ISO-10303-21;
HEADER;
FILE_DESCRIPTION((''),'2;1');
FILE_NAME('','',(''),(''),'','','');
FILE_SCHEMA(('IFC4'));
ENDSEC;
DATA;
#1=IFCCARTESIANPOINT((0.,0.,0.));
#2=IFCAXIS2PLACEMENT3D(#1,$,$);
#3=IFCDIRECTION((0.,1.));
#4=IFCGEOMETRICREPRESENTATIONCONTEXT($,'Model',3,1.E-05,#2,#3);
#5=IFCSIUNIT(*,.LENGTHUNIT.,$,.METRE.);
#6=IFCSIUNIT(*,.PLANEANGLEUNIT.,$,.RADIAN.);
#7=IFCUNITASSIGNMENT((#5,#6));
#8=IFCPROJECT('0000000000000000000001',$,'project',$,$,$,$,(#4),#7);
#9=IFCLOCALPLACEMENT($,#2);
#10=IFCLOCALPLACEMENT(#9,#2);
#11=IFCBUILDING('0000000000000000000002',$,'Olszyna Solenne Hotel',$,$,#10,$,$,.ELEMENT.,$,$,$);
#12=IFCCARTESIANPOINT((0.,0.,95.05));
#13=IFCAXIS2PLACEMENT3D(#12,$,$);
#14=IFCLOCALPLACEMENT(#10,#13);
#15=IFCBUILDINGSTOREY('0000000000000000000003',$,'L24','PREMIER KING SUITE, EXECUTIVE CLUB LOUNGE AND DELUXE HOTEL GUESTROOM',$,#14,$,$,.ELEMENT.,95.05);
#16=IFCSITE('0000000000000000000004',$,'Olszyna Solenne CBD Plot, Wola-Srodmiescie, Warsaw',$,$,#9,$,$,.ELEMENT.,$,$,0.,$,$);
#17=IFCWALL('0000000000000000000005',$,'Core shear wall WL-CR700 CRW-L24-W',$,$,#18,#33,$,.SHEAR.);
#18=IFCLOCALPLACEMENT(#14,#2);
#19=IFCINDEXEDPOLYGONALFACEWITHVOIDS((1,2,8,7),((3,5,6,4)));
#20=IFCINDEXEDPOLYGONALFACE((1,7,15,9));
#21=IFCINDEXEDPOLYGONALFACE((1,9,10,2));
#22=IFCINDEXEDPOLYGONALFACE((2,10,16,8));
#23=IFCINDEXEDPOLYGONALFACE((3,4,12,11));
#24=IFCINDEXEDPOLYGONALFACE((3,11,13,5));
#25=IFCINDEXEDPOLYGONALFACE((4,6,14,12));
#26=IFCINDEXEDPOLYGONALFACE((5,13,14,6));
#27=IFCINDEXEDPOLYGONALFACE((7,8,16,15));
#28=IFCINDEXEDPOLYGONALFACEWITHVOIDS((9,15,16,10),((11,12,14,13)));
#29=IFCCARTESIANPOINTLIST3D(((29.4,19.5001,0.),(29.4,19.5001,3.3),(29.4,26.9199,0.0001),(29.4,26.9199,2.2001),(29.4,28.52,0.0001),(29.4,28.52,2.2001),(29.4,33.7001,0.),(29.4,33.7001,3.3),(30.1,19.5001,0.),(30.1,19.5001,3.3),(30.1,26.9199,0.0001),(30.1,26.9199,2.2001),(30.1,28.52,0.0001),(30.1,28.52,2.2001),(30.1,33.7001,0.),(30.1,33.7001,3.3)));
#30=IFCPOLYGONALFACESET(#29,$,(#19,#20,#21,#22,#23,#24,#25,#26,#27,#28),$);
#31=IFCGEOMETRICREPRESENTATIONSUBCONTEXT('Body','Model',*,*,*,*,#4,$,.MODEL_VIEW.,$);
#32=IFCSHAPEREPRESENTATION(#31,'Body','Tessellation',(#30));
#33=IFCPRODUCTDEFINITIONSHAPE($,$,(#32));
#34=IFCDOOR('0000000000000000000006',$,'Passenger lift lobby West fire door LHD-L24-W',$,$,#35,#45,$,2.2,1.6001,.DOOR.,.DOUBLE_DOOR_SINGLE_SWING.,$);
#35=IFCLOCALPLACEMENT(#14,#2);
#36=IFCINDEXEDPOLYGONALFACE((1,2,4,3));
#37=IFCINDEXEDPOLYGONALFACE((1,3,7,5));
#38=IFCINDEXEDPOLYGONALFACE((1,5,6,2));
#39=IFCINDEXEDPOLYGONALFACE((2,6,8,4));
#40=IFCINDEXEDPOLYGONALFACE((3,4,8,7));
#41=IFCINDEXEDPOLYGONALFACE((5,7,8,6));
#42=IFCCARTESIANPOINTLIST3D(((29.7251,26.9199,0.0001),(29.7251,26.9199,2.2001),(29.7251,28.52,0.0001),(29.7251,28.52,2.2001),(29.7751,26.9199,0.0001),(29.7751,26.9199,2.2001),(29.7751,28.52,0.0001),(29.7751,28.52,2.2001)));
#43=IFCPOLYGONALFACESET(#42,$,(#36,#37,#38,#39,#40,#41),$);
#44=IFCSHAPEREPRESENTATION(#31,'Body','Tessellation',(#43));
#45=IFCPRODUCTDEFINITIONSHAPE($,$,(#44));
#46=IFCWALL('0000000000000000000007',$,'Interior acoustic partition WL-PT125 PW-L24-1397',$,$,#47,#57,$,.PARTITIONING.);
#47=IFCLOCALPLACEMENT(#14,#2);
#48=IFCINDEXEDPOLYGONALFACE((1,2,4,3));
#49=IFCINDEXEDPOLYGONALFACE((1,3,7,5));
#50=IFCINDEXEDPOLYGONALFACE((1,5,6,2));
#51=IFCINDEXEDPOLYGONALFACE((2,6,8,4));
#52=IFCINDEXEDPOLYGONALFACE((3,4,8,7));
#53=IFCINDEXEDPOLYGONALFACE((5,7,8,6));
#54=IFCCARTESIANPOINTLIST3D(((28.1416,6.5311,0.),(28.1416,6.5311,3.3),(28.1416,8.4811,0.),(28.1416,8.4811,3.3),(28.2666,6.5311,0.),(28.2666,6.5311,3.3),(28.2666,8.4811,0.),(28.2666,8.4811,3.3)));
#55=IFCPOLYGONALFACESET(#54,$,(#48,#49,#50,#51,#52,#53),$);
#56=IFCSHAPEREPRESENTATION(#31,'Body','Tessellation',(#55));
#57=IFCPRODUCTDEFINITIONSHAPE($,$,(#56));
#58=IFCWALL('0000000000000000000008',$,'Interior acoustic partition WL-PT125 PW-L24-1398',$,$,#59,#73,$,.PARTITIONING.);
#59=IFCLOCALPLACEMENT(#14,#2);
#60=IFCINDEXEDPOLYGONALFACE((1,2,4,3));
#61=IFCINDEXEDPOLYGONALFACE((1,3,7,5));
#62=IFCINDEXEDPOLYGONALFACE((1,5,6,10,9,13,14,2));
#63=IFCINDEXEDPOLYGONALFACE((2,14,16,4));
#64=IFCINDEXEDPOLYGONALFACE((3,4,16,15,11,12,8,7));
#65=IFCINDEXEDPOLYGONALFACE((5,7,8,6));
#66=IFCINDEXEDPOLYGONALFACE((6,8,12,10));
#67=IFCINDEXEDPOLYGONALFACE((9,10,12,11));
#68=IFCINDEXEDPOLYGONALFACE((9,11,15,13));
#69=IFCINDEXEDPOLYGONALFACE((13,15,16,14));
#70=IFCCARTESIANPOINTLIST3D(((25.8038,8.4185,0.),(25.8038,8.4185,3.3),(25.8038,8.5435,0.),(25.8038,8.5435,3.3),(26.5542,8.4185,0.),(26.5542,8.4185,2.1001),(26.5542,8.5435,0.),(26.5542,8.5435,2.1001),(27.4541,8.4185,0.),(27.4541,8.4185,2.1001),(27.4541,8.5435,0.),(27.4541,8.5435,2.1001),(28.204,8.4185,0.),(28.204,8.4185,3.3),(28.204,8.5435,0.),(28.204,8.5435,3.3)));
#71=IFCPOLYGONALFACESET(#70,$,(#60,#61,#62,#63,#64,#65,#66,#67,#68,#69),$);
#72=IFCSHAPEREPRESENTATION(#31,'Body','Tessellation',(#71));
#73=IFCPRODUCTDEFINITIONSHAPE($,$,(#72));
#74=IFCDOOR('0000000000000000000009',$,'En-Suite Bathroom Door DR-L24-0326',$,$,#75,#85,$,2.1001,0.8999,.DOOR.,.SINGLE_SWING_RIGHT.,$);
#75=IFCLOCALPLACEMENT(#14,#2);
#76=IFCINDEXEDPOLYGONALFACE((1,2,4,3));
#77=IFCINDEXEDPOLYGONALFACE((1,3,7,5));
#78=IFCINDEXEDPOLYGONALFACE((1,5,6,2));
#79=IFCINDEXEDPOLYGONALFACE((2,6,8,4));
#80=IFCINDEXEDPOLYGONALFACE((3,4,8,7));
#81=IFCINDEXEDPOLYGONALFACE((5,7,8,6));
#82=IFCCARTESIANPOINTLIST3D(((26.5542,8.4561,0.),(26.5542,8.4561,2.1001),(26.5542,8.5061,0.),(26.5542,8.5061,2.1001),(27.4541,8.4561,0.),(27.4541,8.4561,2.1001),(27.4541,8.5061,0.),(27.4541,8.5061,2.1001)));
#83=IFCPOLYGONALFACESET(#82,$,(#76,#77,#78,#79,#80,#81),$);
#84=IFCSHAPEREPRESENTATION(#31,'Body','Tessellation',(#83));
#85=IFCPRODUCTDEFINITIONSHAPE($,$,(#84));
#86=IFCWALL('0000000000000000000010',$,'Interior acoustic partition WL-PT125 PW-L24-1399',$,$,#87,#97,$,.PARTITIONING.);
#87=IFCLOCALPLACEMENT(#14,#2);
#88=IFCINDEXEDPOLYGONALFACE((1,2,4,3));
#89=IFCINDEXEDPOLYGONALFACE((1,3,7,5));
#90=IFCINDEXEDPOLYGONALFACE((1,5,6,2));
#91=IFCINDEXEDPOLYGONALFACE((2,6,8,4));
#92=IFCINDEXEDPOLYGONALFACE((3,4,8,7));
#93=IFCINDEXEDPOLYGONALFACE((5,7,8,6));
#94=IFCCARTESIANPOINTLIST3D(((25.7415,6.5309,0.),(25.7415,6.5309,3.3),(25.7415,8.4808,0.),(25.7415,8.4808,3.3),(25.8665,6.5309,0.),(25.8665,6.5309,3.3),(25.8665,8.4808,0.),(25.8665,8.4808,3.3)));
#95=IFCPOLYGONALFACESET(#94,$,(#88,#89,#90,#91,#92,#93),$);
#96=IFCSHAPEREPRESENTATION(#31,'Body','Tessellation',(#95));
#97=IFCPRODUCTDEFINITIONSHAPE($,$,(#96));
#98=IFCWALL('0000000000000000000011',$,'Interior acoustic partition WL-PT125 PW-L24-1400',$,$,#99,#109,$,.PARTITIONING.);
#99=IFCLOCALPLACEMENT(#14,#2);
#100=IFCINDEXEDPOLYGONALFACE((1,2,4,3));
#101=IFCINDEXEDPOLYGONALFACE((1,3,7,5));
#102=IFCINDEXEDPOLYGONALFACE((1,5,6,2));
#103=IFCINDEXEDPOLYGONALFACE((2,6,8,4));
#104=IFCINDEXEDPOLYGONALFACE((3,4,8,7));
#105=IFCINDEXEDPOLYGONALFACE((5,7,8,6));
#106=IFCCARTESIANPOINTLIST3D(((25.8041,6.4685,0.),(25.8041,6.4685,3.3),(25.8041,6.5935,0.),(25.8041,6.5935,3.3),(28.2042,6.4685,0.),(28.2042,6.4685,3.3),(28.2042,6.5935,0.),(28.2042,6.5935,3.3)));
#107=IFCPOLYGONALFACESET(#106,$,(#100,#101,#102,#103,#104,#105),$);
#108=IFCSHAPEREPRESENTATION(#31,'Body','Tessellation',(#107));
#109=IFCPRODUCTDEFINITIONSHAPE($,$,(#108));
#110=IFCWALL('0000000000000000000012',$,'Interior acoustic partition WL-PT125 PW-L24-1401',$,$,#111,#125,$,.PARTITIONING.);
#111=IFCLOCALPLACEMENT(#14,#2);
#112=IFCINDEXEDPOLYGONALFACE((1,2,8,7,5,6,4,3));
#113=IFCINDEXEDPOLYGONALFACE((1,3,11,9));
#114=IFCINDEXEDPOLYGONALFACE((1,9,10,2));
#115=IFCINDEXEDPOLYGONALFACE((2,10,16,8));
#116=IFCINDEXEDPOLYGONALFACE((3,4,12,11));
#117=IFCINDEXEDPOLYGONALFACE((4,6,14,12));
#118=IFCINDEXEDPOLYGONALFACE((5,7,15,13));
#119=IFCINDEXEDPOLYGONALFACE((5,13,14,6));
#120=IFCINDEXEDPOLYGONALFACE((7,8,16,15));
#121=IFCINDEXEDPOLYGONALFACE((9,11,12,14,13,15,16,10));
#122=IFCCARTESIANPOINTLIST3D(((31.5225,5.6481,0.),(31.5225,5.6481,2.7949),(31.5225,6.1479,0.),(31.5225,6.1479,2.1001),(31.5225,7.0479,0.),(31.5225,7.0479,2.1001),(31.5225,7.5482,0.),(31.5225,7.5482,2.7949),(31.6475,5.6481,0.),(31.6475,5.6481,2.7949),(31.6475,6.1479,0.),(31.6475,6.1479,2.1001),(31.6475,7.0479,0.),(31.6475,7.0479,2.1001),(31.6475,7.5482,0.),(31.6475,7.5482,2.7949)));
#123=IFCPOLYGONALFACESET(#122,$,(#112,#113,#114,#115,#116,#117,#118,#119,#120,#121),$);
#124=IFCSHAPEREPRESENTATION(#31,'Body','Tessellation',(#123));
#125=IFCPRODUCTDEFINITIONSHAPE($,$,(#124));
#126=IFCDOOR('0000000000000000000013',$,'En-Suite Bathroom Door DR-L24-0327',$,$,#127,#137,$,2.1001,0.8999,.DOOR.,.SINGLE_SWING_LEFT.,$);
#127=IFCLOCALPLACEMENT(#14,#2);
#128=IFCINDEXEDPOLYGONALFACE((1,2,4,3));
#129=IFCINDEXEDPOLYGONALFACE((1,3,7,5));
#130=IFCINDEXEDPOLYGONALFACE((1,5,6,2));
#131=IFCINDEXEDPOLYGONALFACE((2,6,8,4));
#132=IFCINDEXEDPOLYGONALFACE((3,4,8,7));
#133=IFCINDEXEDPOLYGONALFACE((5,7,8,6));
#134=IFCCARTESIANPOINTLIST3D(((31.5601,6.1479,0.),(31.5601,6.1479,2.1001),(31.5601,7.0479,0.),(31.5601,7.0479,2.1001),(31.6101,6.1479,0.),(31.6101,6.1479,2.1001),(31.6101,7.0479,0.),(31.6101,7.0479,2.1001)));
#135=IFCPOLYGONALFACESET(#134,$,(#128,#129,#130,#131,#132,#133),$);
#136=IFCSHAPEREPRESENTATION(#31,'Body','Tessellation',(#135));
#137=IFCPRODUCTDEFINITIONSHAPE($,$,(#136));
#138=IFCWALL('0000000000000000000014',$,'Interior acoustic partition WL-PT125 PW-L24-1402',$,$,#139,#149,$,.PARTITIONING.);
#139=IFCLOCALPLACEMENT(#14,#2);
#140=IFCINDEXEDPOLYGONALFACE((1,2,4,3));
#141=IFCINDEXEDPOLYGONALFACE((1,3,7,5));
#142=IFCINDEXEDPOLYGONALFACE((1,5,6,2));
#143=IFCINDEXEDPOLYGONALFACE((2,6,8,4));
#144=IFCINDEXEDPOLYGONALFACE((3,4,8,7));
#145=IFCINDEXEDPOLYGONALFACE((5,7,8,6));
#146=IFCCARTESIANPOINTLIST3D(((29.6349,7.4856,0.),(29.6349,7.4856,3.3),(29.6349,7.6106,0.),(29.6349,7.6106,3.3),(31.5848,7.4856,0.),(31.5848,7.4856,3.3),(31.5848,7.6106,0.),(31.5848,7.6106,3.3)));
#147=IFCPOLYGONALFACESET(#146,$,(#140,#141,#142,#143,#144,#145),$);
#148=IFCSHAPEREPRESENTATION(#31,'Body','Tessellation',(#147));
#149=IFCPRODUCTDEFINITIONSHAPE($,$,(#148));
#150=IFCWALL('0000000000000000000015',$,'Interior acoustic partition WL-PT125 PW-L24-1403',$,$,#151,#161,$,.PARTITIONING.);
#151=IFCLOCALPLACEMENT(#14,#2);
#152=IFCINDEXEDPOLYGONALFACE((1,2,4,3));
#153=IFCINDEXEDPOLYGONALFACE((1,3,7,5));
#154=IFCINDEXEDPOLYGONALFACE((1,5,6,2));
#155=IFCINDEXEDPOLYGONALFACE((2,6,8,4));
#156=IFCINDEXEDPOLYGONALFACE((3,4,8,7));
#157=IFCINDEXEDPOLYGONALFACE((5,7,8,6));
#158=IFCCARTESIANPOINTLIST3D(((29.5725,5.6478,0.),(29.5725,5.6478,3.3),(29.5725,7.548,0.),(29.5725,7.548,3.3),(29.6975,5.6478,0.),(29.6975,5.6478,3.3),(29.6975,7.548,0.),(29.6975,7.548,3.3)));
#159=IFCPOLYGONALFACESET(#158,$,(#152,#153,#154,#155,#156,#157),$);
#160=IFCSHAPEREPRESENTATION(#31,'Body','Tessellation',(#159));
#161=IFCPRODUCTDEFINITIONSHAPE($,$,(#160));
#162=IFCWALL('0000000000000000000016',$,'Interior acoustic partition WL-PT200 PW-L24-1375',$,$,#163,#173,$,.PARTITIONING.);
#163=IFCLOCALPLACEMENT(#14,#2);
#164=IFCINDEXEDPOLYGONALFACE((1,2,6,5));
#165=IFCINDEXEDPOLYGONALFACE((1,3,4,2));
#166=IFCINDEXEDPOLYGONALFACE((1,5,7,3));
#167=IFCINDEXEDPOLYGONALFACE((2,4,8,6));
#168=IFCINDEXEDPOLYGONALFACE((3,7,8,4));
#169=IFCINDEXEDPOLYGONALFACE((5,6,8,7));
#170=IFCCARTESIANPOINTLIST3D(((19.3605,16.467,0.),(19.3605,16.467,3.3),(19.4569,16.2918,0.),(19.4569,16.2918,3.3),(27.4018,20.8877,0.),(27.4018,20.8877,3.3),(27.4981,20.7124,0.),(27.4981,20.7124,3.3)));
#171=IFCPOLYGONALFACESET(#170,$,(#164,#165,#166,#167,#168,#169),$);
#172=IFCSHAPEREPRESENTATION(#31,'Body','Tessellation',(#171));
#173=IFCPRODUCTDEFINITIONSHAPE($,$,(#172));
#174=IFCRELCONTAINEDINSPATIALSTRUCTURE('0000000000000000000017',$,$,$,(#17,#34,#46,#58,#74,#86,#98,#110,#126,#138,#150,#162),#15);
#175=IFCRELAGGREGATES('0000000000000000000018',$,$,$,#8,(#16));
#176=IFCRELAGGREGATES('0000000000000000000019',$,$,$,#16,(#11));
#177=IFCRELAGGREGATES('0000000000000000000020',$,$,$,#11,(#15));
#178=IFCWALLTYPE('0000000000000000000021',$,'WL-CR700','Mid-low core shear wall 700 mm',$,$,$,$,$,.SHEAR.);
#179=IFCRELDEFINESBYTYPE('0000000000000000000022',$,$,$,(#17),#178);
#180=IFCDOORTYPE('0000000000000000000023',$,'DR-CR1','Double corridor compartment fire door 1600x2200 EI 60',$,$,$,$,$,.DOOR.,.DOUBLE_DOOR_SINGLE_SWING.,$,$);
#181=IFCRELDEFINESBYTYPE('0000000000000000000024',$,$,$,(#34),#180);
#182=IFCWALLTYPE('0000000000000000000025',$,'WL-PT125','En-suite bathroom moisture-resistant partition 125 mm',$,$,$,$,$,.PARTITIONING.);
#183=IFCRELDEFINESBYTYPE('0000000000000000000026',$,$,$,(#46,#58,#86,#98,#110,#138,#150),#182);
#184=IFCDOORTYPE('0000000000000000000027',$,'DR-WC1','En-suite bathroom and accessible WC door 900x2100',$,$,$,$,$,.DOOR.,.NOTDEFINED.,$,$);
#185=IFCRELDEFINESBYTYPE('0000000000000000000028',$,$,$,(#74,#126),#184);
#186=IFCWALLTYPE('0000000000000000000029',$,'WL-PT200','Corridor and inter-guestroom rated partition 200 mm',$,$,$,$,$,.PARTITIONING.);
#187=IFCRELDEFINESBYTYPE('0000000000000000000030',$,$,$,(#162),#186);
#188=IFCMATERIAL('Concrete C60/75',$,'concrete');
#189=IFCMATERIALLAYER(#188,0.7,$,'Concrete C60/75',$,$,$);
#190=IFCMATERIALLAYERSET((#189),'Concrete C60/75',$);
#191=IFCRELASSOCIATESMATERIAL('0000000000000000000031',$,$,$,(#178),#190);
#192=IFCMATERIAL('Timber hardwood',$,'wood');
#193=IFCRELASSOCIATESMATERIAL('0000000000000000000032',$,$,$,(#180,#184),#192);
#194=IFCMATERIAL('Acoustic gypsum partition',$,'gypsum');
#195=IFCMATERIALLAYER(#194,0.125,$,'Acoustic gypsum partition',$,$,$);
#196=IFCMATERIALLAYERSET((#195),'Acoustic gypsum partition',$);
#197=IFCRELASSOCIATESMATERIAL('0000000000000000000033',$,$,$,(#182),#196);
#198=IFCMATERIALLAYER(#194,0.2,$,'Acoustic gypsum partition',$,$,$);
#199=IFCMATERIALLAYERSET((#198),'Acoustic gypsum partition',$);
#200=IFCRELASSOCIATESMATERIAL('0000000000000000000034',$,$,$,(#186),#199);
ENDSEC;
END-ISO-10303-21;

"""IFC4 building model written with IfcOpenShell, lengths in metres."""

from ifc_helpers import new_model, si_unit, direction, frame, frame_2d, origin, place, context, subcontext, project, spatial, rectangle, extrude, source, transform, mapped, material, layer, layer_set, type_object, type_shapes, element, fill, save


model = new_model("IFC4")

# Units and contexts
model_context = context("Model", 3, precision=1e-05, world=origin(), true_north=direction((0.0, 1.0)))
body_context = subcontext(model_context, "Body", "Model", "MODEL_VIEW")
ifc_project = project(units=[si_unit("LENGTHUNIT", "METRE"), si_unit("PLANEANGLEUNIT", "RADIAN")], contexts=[model_context])

# Site, building, storey
site_placement = place(None, origin())
site = spatial("IfcSite", under=ifc_project, at=site_placement, Name="Olszyna Solenne CBD Plot, Wola-Srodmiescie, Warsaw", CompositionType="ELEMENT", RefElevation=0.0)
building_placement = place(site_placement, origin())
building = spatial("IfcBuilding", under=site, at=building_placement, Name="Olszyna Solenne Hotel", CompositionType="ELEMENT")
storey_placement = place(building_placement, frame((0.0, 0.0, 95.05)))
storey = spatial("IfcBuildingStorey", under=building, at=storey_placement, Name="L24", Description="PREMIER KING SUITE, EXECUTIVE CLUB LOUNGE AND DELUXE HOTEL GUESTROOM", CompositionType="ELEMENT", Elevation=95.05)

# Wall, opening, door
ifc_material_1 = material(Name="Concrete C60/75", Category="concrete")
ifc_layer_1 = layer(ifc_material_1, 0.7, Name="Concrete C60/75")
ifc_layer_set_1 = layer_set([ifc_layer_1], Name="Concrete C60/75")
wall_type_1 = type_object("IfcWallType", Name="WL-CR700", Description="Mid-low core shear wall 700 mm", PredefinedType="SHEAR", material=ifc_layer_set_1)
wall_1_placement = place(storey_placement, frame((29.75, 19.5, 0.0), z_axis=(0.0, 0.0, 1.0), x_axis=(0.0, 1.0, 0.0)))
wall_1 = element("IfcWall", 1, at=wall_1_placement, inside=storey, type_object=wall_type_1, Name="Core shear wall WL-CR700 CRW-L24-W", PredefinedType="SHEAR", context=body_context, shape_type="SweptSolid", body=[
    extrude(rectangle(XDim=14.2, YDim=0.7, at=frame_2d((7.1001, 0.0))), origin(), (0.0, 0.0, 1.0), 3.3),
])
opening_1_placement = place(wall_1_placement, frame((7.4199, 0.0, 0.0)))
opening_1 = element("IfcOpeningElement", 2, at=opening_1_placement, cuts=wall_1, PredefinedType="OPENING", context=body_context, shape_type="SweptSolid", body=[
    extrude(rectangle(XDim=1.6001, YDim=2.2, at=frame_2d((0.8, 1.1001))), frame((0.0, 0.3599, 0.0), z_axis=(0.0, -1.0, 0.0), x_axis=(1.0, 0.0, 0.0)), (0.0, 0.0, 1.0), 0.72),
])
ifc_material_2 = material(Name="Timber hardwood", Category="wood")
door_type_1 = type_object("IfcDoorType", Name="DR-CR1", Description="Double corridor compartment fire door 1600x2200 EI 60", OperationType="DOUBLE_DOOR_SINGLE_SWING", PredefinedType="DOOR", material=ifc_material_2)
shared_shape_1 = source(origin(), body_context, "Body", "SweptSolid", [
    extrude(rectangle(XDim=1.6001, YDim=2.2, at=frame_2d((0.8, 1.1001))), frame((0.0, 0.0249, 0.0), z_axis=(0.0, -1.0, 0.0), x_axis=(1.0, 0.0, 0.0)), (0.0, 0.0, 1.0), 0.05),
])
type_shapes(door_type_1, [shared_shape_1])
door_1_placement = place(opening_1_placement, origin())
door_1 = element("IfcDoor", 3, at=door_1_placement, inside=storey, type_object=door_type_1, Name="Passenger lift lobby West fire door LHD-L24-W", OperationType="DOUBLE_DOOR_SINGLE_SWING", OverallHeight=2.2, OverallWidth=1.6001, PredefinedType="DOOR", context=body_context, shape_type="MappedRepresentation", body=[
    mapped(shared_shape_1, transform((0.0, 0.0, 0.0), x_axis=(1.0, 0.0, 0.0), y_axis=(0.0, 1.0, 0.0), z_axis=(0.0, 0.0, 1.0), scale=1.0)),
])
fill(opening_1, door_1)

# Wall
ifc_material_3 = material(Name="Acoustic gypsum partition", Category="gypsum")
ifc_layer_2 = layer(ifc_material_3, 0.125, Name="Acoustic gypsum partition")
ifc_layer_set_2 = layer_set([ifc_layer_2], Name="Acoustic gypsum partition")
wall_type_2 = type_object("IfcWallType", Name="WL-PT125", Description="En-suite bathroom moisture-resistant partition 125 mm", PredefinedType="PARTITIONING", material=ifc_layer_set_2)
wall_2_placement = place(storey_placement, frame((28.2041, 6.531, 0.0), z_axis=(0.0, 0.0, 1.0), x_axis=(0.0, 1.0, 0.0)))
element("IfcWall", 4, at=wall_2_placement, inside=storey, type_object=wall_type_2, Name="Interior acoustic partition WL-PT125 PW-L24-1397", PredefinedType="PARTITIONING", context=body_context, shape_type="SweptSolid", body=[
    extrude(rectangle(XDim=1.95, YDim=0.125, at=frame_2d((0.9751, 0.0))), origin(), (0.0, 0.0, 1.0), 3.3),
])

# Wall, opening, door
wall_3_placement = place(storey_placement, frame((28.2041, 8.481, 0.0), z_axis=(0.0, 0.0, 1.0), x_axis=(-1.0, 0.0, 0.0)))
wall_3 = element("IfcWall", 5, at=wall_3_placement, inside=storey, type_object=wall_type_2, Name="Interior acoustic partition WL-PT125 PW-L24-1398", PredefinedType="PARTITIONING", context=body_context, shape_type="SweptSolid", body=[
    extrude(rectangle(XDim=2.4001, YDim=0.125, at=frame_2d((1.2002, 0.0))), origin(), (0.0, 0.0, 1.0), 3.3),
])
opening_2_placement = place(wall_3_placement, frame((0.75, 0.0, 0.0)))
opening_2 = element("IfcOpeningElement", 6, at=opening_2_placement, cuts=wall_3, PredefinedType="OPENING", context=body_context, shape_type="SweptSolid", body=[
    extrude(rectangle(XDim=0.8999, YDim=2.1001, at=frame_2d((0.45, 1.05))), frame((0.0, 0.0725, 0.0), z_axis=(0.0, -1.0, 0.0), x_axis=(1.0, 0.0, 0.0)), (0.0, 0.0, 1.0), 0.145),
])
door_type_2 = type_object("IfcDoorType", Name="DR-WC1", Description="En-suite bathroom and accessible WC door 900x2100", OperationType="NOTDEFINED", PredefinedType="DOOR", material=ifc_material_2)
shared_shape_2 = source(origin(), body_context, "Body", "SweptSolid", [
    extrude(rectangle(XDim=0.8999, YDim=2.1001, at=frame_2d((0.45, 1.05))), frame((0.0, 0.0249, 0.0), z_axis=(0.0, -1.0, 0.0), x_axis=(1.0, 0.0, 0.0)), (0.0, 0.0, 1.0), 0.05),
])
type_shapes(door_type_2, [shared_shape_2])
door_2_placement = place(opening_2_placement, origin())
door_2 = element("IfcDoor", 7, at=door_2_placement, inside=storey, type_object=door_type_2, Name="En-Suite Bathroom Door DR-L24-0326", OperationType="SINGLE_SWING_RIGHT", OverallHeight=2.1001, OverallWidth=0.8999, PredefinedType="DOOR", context=body_context, shape_type="MappedRepresentation", body=[
    mapped(shared_shape_2, transform((0.0, 0.0, 0.0), x_axis=(1.0, 0.0, 0.0), y_axis=(0.0, 1.0, 0.0), z_axis=(0.0, 0.0, 1.0), scale=1.0)),
])
fill(opening_2, door_2)

# Walls
wall_4_placement = place(storey_placement, frame((25.804, 8.481, 0.0), z_axis=(0.0, 0.0, 1.0), x_axis=(0.0, -1.0, 0.0)))
element("IfcWall", 8, at=wall_4_placement, inside=storey, type_object=wall_type_2, Name="Interior acoustic partition WL-PT125 PW-L24-1399", PredefinedType="PARTITIONING", context=body_context, shape_type="SweptSolid", body=[
    extrude(rectangle(XDim=1.95, YDim=0.125, at=frame_2d((0.9751, 0.0))), origin(), (0.0, 0.0, 1.0), 3.3),
])
wall_5_placement = place(storey_placement, frame((25.804, 6.531, 0.0), z_axis=(0.0, 0.0, 1.0), x_axis=(1.0, 0.0, 0.0)))
element("IfcWall", 9, at=wall_5_placement, inside=storey, type_object=wall_type_2, Name="Interior acoustic partition WL-PT125 PW-L24-1400", PredefinedType="PARTITIONING", context=body_context, shape_type="SweptSolid", body=[
    extrude(rectangle(XDim=2.4001, YDim=0.125, at=frame_2d((1.2002, 0.0))), origin(), (0.0, 0.0, 1.0), 3.3),
])

# Wall, opening, door
wall_6_placement = place(storey_placement, frame((31.585, 5.6479, 0.0), z_axis=(0.0, 0.0, 1.0), x_axis=(0.0, 1.0, 0.0)))
wall_6 = element("IfcWall", 10, at=wall_6_placement, inside=storey, type_object=wall_type_2, Name="Interior acoustic partition WL-PT125 PW-L24-1401", PredefinedType="PARTITIONING", context=body_context, shape_type="SweptSolid", body=[
    extrude(rectangle(XDim=1.9001, YDim=0.125, at=frame_2d((0.9502, 0.0))), origin(), (0.0, 0.0, 1.0), 2.7949),
])
opening_3_placement = place(wall_6_placement, frame((0.5, 0.0, 0.0)))
opening_3 = element("IfcOpeningElement", 11, at=opening_3_placement, cuts=wall_6, PredefinedType="OPENING", context=body_context, shape_type="SweptSolid", body=[
    extrude(rectangle(XDim=0.8999, YDim=2.1001, at=frame_2d((0.45, 1.05))), frame((0.0, 0.0725, 0.0), z_axis=(0.0, -1.0, 0.0), x_axis=(1.0, 0.0, 0.0)), (0.0, 0.0, 1.0), 0.145),
])
door_3_placement = place(opening_3_placement, origin())
door_3 = element("IfcDoor", 12, at=door_3_placement, inside=storey, type_object=door_type_2, Name="En-Suite Bathroom Door DR-L24-0327", OperationType="SINGLE_SWING_LEFT", OverallHeight=2.1001, OverallWidth=0.8999, PredefinedType="DOOR", context=body_context, shape_type="MappedRepresentation", body=[
    mapped(shared_shape_2, transform((0.0, 0.0, 0.0), x_axis=(1.0, 0.0, 0.0), y_axis=(0.0, 1.0, 0.0), z_axis=(0.0, 0.0, 1.0), scale=1.0)),
])
fill(opening_3, door_3)

# Walls
wall_7_placement = place(storey_placement, frame((31.585, 7.5481, 0.0), z_axis=(0.0, 0.0, 1.0), x_axis=(-1.0, 0.0, 0.0)))
element("IfcWall", 13, at=wall_7_placement, inside=storey, type_object=wall_type_2, Name="Interior acoustic partition WL-PT125 PW-L24-1402", PredefinedType="PARTITIONING", context=body_context, shape_type="SweptSolid", body=[
    extrude(rectangle(XDim=1.95, YDim=0.125, at=frame_2d((0.9751, 0.0))), origin(), (0.0, 0.0, 1.0), 3.3),
])
wall_8_placement = place(storey_placement, frame((29.635, 7.5481, 0.0), z_axis=(0.0, 0.0, 1.0), x_axis=(0.0, -1.0, 0.0)))
element("IfcWall", 14, at=wall_8_placement, inside=storey, type_object=wall_type_2, Name="Interior acoustic partition WL-PT125 PW-L24-1403", PredefinedType="PARTITIONING", context=body_context, shape_type="SweptSolid", body=[
    extrude(rectangle(XDim=1.9001, YDim=0.125, at=frame_2d((0.9502, 0.0))), origin(), (0.0, 0.0, 1.0), 3.3),
])
ifc_layer_3 = layer(ifc_material_3, 0.2, Name="Acoustic gypsum partition")
ifc_layer_set_3 = layer_set([ifc_layer_3], Name="Acoustic gypsum partition")
wall_type_3 = type_object("IfcWallType", Name="WL-PT200", Description="Corridor and inter-guestroom rated partition 200 mm", PredefinedType="PARTITIONING", material=ifc_layer_set_3)
wall_9_placement = place(storey_placement, frame((27.45, 20.8, 0.0), z_axis=(0.0, 0.0, 1.0), x_axis=(-0.87631, -0.481748, 0.0)))
element("IfcWall", 15, at=wall_9_placement, inside=storey, type_object=wall_type_3, Name="Interior acoustic partition WL-PT200 PW-L24-1375", PredefinedType="PARTITIONING", context=body_context, shape_type="SweptSolid", body=[
    extrude(rectangle(XDim=9.1763, YDim=0.2, at=frame_2d((4.5881, 0.0))), origin(), (0.0, 0.0, 1.0), 3.3),
])

save(model, "model.ifc")
